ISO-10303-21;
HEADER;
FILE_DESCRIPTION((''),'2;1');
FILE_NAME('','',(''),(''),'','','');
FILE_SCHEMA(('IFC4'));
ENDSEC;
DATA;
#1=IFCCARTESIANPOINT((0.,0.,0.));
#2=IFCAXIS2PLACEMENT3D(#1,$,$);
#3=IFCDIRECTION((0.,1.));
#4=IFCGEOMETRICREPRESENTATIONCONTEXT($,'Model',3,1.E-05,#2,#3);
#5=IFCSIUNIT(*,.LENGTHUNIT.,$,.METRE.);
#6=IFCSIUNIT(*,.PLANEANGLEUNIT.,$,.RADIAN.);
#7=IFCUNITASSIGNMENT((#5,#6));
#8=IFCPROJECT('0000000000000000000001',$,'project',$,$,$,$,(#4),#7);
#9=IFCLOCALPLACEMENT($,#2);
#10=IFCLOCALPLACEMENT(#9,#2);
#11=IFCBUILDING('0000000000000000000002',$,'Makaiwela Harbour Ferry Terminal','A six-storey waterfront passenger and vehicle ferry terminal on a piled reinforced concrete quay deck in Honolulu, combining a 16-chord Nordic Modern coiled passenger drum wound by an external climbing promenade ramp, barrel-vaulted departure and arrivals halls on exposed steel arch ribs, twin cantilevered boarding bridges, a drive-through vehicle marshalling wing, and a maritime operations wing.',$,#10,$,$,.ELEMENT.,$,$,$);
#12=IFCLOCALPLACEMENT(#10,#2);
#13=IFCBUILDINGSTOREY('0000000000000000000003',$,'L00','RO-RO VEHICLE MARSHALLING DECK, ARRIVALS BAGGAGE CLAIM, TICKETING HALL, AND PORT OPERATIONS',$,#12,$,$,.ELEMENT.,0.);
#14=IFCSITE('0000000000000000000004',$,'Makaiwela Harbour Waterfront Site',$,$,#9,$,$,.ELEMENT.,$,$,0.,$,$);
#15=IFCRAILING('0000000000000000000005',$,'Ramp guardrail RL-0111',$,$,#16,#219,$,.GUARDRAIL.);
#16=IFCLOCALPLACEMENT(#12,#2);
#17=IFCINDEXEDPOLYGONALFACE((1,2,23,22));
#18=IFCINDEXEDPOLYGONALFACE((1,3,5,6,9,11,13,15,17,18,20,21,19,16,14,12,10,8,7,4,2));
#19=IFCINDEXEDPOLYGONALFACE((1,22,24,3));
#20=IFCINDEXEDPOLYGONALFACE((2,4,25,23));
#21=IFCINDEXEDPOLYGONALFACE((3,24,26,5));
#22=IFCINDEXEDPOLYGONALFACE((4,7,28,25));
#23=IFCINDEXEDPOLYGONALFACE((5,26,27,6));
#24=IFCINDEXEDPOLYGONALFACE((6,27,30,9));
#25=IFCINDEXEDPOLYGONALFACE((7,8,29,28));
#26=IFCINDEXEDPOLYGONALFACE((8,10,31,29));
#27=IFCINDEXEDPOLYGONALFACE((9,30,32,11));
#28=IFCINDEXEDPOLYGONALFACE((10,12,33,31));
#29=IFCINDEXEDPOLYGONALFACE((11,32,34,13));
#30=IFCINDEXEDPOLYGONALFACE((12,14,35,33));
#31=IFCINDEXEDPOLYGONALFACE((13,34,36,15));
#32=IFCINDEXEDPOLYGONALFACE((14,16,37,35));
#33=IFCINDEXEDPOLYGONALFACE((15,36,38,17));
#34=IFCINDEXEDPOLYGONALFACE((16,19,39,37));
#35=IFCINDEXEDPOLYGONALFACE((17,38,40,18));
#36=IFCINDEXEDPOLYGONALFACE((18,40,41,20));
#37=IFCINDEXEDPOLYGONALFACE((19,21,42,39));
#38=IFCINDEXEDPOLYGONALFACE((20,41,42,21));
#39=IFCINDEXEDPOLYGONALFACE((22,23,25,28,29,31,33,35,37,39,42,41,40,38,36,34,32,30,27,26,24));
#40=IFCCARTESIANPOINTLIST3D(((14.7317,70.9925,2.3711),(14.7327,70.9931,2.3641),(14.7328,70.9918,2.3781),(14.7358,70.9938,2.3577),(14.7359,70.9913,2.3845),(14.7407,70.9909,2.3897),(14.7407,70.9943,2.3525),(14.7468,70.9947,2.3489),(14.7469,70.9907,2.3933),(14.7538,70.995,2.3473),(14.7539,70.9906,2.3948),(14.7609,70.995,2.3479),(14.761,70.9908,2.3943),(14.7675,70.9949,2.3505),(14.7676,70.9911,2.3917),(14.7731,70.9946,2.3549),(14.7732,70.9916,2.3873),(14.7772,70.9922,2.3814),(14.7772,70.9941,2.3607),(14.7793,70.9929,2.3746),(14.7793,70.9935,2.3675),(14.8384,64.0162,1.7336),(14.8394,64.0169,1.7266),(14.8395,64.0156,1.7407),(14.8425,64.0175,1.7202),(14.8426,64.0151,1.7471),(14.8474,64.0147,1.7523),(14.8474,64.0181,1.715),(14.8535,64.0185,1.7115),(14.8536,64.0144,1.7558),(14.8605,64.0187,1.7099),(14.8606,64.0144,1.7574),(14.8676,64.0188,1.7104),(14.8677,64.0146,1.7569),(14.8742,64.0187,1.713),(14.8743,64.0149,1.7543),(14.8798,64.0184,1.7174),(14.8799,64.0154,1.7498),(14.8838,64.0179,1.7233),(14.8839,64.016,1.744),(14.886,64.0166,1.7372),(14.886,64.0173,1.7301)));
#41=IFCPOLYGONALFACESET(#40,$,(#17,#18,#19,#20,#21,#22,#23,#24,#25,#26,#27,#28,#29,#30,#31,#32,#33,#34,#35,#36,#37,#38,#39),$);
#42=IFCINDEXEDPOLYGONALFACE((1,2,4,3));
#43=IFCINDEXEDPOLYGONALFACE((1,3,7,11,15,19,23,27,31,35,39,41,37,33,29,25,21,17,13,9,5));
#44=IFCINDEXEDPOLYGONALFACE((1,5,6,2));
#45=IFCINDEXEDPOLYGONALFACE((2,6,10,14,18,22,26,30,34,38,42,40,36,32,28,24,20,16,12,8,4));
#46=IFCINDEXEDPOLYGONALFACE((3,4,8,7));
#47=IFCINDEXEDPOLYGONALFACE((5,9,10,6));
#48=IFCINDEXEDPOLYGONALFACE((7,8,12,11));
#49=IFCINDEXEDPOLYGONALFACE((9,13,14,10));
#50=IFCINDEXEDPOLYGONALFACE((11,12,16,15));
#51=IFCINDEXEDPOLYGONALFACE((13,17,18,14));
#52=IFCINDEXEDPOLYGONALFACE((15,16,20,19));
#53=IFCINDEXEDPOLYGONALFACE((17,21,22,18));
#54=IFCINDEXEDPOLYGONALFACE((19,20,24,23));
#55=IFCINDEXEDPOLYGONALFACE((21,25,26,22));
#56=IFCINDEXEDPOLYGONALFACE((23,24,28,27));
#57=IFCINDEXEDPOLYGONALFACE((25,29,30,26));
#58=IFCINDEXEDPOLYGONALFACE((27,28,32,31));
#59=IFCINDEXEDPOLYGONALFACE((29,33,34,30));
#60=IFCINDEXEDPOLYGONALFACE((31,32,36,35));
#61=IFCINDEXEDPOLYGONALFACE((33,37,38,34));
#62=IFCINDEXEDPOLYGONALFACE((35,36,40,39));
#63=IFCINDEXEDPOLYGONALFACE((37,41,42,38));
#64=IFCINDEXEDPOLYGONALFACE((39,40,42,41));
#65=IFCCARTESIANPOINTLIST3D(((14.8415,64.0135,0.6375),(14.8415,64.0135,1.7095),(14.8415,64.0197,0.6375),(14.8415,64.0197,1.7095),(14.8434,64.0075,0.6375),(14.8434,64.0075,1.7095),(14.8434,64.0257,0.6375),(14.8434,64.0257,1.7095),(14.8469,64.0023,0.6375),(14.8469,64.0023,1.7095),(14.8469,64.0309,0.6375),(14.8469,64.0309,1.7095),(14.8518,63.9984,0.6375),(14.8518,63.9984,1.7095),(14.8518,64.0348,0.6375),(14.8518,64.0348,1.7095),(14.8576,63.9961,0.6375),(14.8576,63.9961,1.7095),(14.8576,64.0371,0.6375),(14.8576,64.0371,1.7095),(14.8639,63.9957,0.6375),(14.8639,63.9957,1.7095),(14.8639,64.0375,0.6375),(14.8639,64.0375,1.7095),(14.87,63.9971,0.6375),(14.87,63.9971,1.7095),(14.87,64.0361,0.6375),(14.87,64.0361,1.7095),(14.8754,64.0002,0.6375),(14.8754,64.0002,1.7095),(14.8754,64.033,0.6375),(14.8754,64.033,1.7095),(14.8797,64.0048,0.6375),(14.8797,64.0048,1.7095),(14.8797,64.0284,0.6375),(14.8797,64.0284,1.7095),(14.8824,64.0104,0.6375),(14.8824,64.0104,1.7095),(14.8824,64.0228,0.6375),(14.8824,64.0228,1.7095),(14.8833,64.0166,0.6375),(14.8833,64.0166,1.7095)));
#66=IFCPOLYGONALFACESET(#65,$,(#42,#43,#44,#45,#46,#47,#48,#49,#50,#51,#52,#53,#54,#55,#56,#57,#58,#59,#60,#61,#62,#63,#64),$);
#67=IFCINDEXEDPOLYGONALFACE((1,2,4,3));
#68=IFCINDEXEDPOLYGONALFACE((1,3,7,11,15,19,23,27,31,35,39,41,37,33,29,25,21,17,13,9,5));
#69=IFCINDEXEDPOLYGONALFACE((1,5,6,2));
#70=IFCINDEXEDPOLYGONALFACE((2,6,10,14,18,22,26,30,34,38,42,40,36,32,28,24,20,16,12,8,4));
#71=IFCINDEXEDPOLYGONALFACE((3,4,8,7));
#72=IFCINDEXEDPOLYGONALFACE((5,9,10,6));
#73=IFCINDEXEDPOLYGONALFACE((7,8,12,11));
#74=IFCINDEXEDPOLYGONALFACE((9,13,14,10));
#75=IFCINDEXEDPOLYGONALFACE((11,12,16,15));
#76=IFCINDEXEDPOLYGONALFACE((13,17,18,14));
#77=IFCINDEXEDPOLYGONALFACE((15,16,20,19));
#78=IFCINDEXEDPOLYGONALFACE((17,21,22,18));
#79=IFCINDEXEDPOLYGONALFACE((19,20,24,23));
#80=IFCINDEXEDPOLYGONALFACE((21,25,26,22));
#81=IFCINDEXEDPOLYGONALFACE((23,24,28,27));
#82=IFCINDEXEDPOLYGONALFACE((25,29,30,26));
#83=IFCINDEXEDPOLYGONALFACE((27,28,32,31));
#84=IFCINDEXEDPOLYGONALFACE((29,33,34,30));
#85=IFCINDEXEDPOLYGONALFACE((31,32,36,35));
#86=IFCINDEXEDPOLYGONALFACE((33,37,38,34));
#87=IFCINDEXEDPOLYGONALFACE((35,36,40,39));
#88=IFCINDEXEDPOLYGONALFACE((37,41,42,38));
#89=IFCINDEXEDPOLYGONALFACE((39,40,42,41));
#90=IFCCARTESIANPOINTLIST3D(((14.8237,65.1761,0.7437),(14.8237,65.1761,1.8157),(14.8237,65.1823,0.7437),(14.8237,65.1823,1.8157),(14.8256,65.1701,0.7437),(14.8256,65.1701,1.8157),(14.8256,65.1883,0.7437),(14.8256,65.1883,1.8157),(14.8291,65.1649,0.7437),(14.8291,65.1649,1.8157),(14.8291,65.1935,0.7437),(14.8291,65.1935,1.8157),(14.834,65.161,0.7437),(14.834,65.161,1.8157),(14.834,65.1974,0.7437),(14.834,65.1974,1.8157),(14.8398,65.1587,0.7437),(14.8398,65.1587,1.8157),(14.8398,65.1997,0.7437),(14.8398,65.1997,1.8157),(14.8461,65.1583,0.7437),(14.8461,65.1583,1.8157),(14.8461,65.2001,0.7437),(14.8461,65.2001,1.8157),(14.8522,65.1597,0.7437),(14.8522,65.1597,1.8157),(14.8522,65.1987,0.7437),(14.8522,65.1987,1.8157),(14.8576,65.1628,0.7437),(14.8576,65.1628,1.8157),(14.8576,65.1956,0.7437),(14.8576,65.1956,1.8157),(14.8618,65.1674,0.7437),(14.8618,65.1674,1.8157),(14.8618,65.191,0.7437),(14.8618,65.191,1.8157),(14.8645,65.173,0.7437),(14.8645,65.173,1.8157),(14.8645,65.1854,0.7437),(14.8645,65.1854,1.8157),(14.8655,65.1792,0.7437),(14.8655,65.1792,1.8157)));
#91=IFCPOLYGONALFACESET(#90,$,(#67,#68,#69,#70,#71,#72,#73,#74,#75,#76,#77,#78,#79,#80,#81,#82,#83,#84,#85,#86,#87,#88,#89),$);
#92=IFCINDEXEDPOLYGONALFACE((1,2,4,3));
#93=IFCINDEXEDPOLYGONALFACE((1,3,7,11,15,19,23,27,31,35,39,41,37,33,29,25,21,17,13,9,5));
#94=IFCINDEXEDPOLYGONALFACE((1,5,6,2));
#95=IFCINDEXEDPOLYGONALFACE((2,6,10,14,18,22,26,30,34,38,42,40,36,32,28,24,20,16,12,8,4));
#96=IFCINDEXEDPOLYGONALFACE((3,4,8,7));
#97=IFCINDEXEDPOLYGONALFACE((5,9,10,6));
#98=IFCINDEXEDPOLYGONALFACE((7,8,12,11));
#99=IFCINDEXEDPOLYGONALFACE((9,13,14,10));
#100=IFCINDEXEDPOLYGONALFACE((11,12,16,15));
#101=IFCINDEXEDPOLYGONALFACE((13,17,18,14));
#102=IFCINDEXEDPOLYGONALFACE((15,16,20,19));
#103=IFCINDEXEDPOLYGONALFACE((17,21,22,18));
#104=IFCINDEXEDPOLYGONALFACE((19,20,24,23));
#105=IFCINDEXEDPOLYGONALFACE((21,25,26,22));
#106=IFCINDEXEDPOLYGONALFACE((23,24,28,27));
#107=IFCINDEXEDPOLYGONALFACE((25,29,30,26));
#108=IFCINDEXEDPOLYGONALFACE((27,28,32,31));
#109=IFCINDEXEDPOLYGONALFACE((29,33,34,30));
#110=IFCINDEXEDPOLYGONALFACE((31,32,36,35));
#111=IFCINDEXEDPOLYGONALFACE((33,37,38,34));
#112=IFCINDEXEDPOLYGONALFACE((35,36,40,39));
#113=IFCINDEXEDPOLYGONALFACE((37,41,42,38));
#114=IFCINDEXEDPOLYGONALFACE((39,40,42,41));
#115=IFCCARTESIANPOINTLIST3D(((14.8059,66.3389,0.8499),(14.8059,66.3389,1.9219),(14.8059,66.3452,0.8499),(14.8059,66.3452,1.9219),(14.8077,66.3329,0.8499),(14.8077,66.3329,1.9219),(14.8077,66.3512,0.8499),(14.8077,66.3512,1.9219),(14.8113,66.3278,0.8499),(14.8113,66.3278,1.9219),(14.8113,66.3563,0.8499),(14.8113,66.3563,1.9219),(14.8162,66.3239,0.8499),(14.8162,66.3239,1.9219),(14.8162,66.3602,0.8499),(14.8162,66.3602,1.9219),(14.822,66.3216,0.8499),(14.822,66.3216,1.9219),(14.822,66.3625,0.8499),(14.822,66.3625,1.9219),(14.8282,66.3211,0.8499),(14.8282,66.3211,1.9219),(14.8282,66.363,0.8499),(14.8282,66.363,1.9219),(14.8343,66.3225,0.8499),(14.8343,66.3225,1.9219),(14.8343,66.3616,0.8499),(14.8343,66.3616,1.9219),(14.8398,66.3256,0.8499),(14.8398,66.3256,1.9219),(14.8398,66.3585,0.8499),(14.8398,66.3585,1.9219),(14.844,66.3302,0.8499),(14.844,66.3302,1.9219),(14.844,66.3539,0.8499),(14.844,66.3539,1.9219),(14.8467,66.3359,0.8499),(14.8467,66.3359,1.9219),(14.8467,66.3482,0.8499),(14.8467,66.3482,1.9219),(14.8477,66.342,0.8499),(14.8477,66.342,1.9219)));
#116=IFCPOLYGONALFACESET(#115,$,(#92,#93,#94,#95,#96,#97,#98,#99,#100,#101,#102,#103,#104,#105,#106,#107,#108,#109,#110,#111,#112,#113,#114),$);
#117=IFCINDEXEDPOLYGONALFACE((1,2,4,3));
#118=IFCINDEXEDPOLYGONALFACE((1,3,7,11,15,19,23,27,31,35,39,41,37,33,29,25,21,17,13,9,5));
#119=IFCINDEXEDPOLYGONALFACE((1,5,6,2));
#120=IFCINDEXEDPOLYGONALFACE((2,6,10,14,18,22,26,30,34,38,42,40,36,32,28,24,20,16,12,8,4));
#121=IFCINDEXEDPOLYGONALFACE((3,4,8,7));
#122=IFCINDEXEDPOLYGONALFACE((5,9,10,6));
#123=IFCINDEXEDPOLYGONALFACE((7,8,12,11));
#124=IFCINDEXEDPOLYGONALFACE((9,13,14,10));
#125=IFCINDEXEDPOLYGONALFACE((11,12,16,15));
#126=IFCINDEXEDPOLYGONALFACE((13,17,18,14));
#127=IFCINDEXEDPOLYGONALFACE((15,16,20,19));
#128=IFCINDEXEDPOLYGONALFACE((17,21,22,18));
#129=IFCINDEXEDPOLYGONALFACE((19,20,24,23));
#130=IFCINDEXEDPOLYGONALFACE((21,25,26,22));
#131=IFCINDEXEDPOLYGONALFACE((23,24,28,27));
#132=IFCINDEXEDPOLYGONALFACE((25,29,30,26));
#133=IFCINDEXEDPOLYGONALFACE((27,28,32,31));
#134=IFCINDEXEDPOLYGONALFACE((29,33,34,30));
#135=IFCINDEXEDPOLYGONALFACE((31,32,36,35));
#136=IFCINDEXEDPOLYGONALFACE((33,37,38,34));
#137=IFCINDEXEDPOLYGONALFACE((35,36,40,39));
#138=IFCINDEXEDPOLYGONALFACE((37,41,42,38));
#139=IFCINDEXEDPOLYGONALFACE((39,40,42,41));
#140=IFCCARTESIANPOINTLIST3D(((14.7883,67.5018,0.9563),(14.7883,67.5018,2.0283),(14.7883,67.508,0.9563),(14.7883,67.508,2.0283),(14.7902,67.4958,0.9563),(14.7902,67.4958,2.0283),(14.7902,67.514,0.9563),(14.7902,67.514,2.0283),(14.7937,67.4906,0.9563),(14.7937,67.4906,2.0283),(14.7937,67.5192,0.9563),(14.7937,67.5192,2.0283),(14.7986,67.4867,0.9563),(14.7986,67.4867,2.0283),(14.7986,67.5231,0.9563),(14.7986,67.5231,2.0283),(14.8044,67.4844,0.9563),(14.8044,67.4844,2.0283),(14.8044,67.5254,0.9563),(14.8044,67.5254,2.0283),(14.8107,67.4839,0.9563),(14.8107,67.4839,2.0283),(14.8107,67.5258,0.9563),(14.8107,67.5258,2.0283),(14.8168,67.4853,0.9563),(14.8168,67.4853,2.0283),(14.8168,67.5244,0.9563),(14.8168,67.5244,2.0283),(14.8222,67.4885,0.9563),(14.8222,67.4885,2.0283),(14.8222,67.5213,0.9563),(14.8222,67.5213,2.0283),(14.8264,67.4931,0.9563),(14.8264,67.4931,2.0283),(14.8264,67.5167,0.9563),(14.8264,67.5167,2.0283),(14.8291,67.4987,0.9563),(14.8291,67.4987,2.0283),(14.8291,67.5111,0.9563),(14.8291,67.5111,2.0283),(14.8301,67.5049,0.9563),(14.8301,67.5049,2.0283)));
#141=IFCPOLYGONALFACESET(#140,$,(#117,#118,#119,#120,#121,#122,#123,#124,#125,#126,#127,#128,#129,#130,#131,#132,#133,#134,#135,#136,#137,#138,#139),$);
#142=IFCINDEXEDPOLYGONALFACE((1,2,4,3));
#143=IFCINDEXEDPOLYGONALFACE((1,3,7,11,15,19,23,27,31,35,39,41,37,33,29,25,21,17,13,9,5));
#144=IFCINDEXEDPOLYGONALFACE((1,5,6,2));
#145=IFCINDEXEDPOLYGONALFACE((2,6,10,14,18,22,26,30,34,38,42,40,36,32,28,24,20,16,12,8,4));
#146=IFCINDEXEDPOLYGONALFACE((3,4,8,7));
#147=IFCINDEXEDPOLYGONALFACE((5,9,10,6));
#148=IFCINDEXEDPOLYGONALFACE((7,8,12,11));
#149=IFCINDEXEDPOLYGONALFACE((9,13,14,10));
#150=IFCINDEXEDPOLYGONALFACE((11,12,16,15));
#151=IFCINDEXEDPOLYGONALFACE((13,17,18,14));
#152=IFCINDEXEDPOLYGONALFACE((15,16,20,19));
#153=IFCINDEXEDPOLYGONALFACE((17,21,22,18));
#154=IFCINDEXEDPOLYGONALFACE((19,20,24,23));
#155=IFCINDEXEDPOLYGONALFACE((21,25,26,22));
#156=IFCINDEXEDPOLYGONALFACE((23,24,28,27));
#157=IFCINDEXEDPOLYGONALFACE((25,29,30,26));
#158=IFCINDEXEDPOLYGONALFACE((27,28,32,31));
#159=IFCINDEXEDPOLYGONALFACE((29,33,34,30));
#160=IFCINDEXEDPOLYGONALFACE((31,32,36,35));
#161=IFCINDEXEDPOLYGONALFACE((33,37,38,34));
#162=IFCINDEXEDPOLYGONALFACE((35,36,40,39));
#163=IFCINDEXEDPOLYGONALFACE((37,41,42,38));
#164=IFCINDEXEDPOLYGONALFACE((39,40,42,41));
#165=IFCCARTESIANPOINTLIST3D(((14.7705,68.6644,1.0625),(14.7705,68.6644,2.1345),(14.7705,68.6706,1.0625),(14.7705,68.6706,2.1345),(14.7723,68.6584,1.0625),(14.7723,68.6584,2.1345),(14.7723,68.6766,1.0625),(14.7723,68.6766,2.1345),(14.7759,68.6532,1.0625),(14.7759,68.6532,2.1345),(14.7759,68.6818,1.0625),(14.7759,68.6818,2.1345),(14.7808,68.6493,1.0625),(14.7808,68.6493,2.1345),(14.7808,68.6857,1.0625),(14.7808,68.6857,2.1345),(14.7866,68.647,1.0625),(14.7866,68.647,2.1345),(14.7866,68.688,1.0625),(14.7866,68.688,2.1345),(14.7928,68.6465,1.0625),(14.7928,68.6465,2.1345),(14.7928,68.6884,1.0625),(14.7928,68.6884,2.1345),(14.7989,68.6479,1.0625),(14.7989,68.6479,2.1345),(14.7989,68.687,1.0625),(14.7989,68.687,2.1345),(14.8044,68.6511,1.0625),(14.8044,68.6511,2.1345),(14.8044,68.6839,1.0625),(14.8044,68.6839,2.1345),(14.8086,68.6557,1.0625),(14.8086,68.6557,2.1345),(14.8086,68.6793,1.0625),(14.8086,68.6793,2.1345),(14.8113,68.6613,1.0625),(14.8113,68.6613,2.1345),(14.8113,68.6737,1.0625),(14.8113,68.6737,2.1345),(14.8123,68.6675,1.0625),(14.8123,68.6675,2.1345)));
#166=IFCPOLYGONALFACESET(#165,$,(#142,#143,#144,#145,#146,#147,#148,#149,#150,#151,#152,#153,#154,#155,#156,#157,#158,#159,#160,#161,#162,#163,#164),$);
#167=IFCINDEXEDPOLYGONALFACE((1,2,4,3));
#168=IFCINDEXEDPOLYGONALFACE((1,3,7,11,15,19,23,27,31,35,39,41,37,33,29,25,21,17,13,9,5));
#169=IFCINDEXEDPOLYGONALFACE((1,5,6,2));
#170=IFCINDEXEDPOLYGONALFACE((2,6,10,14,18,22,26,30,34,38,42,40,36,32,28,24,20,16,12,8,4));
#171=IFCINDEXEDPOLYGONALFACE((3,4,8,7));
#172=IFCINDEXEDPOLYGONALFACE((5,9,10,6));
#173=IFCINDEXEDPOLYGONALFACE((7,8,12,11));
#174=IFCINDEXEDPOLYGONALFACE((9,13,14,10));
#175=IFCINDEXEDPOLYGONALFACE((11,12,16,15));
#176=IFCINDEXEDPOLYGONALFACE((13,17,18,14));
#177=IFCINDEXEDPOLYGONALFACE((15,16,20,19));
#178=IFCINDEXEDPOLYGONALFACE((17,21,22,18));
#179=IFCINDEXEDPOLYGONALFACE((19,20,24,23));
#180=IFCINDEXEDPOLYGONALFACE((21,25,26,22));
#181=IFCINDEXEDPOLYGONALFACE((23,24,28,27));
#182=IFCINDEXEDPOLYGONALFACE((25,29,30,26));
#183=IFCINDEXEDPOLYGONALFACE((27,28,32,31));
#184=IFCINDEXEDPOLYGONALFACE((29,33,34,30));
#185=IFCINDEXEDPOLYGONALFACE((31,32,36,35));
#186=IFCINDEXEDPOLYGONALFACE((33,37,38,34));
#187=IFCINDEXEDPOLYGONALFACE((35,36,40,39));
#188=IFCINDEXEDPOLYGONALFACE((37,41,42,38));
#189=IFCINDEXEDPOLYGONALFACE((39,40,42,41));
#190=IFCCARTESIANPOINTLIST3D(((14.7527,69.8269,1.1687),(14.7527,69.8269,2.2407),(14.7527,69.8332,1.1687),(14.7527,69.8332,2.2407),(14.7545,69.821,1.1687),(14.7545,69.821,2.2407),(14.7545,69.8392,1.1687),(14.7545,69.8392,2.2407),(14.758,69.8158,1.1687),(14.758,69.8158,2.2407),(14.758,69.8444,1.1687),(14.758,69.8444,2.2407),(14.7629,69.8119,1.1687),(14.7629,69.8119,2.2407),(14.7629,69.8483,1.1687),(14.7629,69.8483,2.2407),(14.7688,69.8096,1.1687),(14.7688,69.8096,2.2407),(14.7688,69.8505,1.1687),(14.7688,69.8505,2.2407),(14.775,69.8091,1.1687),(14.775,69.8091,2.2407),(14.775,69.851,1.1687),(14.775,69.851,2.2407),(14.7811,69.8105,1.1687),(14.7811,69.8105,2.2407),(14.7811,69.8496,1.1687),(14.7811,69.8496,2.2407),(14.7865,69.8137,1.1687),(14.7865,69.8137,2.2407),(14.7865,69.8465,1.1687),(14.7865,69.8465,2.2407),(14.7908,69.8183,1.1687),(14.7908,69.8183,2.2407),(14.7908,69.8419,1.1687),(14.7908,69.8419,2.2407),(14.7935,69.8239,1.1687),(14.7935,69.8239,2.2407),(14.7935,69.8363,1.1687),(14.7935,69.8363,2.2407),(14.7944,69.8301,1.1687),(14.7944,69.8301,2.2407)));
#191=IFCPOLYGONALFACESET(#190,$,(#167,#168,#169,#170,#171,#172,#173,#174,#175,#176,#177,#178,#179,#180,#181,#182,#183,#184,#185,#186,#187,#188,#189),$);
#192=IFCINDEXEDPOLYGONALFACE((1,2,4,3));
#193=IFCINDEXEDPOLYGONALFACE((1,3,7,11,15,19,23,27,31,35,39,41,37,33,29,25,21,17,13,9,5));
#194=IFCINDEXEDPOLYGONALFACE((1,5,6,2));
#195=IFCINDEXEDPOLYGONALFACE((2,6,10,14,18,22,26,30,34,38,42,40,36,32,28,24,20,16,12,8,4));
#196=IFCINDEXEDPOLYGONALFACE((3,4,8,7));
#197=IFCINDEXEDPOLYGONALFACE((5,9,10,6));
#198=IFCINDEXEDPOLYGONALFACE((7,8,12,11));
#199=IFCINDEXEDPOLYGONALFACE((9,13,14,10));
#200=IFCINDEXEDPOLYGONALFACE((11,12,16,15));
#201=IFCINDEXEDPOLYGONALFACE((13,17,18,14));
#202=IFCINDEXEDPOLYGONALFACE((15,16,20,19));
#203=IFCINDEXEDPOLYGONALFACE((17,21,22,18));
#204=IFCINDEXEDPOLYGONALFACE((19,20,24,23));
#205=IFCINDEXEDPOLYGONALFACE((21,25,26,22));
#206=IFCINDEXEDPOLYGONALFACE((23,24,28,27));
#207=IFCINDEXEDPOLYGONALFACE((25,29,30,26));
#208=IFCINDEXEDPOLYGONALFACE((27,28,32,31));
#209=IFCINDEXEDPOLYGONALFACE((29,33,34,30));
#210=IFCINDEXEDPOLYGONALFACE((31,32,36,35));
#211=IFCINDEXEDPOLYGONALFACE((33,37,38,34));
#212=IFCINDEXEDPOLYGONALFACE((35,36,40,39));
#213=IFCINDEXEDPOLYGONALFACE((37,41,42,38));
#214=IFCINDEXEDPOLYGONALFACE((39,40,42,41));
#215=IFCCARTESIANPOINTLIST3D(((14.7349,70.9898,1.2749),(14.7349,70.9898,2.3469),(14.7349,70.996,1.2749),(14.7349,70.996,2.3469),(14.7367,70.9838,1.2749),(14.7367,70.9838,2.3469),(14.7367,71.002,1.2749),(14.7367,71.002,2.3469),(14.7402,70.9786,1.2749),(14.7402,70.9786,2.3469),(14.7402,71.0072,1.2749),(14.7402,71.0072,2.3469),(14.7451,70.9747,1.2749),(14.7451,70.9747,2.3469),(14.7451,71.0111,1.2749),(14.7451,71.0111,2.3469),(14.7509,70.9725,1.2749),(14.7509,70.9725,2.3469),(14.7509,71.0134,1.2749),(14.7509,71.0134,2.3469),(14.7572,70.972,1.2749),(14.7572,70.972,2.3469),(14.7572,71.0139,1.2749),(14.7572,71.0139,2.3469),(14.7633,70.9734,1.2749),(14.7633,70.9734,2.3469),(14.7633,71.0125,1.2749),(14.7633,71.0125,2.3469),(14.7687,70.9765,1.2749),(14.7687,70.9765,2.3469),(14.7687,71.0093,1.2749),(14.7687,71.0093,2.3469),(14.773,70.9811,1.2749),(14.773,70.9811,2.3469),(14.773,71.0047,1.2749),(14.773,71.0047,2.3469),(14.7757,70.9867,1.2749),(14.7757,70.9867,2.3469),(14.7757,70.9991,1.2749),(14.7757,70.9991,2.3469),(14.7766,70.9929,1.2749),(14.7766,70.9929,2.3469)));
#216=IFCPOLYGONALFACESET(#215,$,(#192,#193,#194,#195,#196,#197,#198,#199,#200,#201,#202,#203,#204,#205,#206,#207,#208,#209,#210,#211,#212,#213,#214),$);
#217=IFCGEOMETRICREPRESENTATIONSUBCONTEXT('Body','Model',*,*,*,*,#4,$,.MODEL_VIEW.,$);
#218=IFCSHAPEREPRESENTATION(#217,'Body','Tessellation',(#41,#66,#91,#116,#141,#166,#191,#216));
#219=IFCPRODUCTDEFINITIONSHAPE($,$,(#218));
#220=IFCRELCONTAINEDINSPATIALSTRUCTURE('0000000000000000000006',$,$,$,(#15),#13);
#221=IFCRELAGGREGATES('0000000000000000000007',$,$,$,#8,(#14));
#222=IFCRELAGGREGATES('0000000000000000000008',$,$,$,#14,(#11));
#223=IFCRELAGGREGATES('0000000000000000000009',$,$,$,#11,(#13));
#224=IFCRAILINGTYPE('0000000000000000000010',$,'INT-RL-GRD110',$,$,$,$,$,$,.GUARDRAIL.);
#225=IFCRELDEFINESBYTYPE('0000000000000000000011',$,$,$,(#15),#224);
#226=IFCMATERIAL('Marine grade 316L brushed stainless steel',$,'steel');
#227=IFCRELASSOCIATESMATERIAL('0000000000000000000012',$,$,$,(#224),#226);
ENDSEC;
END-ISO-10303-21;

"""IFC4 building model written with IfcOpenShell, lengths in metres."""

from ifc_helpers import new_model, si_unit, direction, frame, origin, origin_2d, place, context, subcontext, project, spatial, circle, extrude, material, type_object, element, save


model = new_model("IFC4")

# Units and contexts
model_context = context("Model", 3, precision=1e-05, world=origin(), true_north=direction((0.0, 1.0)))
body_context = subcontext(model_context, "Body", "Model", "MODEL_VIEW")
ifc_project = project(units=[si_unit("LENGTHUNIT", "METRE"), si_unit("PLANEANGLEUNIT", "RADIAN")], contexts=[model_context])

# Site, building, storey
site_placement = place(None, origin())
site = spatial("IfcSite", under=ifc_project, at=site_placement, Name="Makaiwela Harbour Waterfront Site", CompositionType="ELEMENT", RefElevation=0.0)
building_placement = place(site_placement, origin())
building = spatial("IfcBuilding", under=site, at=building_placement, Name="Makaiwela Harbour Ferry Terminal", Description="A six-storey waterfront passenger and vehicle ferry terminal on a piled reinforced concrete quay deck in Honolulu, combining a 16-chord Nordic Modern coiled passenger drum wound by an external climbing promenade ramp, barrel-vaulted departure and arrivals halls on exposed steel arch ribs, twin cantilevered boarding bridges, a drive-through vehicle marshalling wing, and a maritime operations wing.", CompositionType="ELEMENT")
storey_placement = place(building_placement, origin())
storey = spatial("IfcBuildingStorey", under=building, at=storey_placement, Name="L00", Description="RO-RO VEHICLE MARSHALLING DECK, ARRIVALS BAGGAGE CLAIM, TICKETING HALL, AND PORT OPERATIONS", CompositionType="ELEMENT", Elevation=0.0)

# Railing
ifc_material_1 = material(Name="Marine grade 316L brushed stainless steel", Category="steel")
railing_type_1 = type_object("IfcRailingType", Name="INT-RL-GRD110", PredefinedType="GUARDRAIL", material=ifc_material_1)
railing_1_placement = place(storey_placement, frame((14.8623, 64.0166, 0.6375)))
element("IfcRailing", 1, at=railing_1_placement, inside=storey, type_object=railing_type_1, Name="Ramp guardrail RL-0111", PredefinedType="GUARDRAIL", context=body_context, shape_type="SweptSolid", body=[
    extrude(circle(Radius=0.0239, at=origin_2d()), frame((0.0, 0.0, 1.0962), z_axis=(-0.015228, 0.995736, 0.090984), x_axis=(-0.999883, -0.015291, 0.0)), (0.0, 0.0, 1.0), 7.0061),
    extrude(circle(Radius=0.021, at=origin_2d()), origin(), (0.0, 0.0, 1.0), 1.072),
    extrude(circle(Radius=0.021, at=origin_2d()), frame((-0.0178, 1.1626, 0.1062)), (0.0, 0.0, 1.0), 1.072),
    extrude(circle(Radius=0.021, at=origin_2d()), frame((-0.0356, 2.3254, 0.2124)), (0.0, 0.0, 1.0), 1.072),
    extrude(circle(Radius=0.021, at=origin_2d()), frame((-0.0532, 3.4883, 0.3188)), (0.0, 0.0, 1.0), 1.072),
    extrude(circle(Radius=0.021, at=origin_2d()), frame((-0.071, 4.6509, 0.425)), (0.0, 0.0, 1.0), 1.072),
    extrude(circle(Radius=0.021, at=origin_2d()), frame((-0.0889, 5.8135, 0.5312)), (0.0, 0.0, 1.0), 1.072),
    extrude(circle(Radius=0.021, at=origin_2d()), frame((-0.1067, 6.9763, 0.6375)), (0.0, 0.0, 1.0), 1.072),
])

save(model, "model.ifc")
